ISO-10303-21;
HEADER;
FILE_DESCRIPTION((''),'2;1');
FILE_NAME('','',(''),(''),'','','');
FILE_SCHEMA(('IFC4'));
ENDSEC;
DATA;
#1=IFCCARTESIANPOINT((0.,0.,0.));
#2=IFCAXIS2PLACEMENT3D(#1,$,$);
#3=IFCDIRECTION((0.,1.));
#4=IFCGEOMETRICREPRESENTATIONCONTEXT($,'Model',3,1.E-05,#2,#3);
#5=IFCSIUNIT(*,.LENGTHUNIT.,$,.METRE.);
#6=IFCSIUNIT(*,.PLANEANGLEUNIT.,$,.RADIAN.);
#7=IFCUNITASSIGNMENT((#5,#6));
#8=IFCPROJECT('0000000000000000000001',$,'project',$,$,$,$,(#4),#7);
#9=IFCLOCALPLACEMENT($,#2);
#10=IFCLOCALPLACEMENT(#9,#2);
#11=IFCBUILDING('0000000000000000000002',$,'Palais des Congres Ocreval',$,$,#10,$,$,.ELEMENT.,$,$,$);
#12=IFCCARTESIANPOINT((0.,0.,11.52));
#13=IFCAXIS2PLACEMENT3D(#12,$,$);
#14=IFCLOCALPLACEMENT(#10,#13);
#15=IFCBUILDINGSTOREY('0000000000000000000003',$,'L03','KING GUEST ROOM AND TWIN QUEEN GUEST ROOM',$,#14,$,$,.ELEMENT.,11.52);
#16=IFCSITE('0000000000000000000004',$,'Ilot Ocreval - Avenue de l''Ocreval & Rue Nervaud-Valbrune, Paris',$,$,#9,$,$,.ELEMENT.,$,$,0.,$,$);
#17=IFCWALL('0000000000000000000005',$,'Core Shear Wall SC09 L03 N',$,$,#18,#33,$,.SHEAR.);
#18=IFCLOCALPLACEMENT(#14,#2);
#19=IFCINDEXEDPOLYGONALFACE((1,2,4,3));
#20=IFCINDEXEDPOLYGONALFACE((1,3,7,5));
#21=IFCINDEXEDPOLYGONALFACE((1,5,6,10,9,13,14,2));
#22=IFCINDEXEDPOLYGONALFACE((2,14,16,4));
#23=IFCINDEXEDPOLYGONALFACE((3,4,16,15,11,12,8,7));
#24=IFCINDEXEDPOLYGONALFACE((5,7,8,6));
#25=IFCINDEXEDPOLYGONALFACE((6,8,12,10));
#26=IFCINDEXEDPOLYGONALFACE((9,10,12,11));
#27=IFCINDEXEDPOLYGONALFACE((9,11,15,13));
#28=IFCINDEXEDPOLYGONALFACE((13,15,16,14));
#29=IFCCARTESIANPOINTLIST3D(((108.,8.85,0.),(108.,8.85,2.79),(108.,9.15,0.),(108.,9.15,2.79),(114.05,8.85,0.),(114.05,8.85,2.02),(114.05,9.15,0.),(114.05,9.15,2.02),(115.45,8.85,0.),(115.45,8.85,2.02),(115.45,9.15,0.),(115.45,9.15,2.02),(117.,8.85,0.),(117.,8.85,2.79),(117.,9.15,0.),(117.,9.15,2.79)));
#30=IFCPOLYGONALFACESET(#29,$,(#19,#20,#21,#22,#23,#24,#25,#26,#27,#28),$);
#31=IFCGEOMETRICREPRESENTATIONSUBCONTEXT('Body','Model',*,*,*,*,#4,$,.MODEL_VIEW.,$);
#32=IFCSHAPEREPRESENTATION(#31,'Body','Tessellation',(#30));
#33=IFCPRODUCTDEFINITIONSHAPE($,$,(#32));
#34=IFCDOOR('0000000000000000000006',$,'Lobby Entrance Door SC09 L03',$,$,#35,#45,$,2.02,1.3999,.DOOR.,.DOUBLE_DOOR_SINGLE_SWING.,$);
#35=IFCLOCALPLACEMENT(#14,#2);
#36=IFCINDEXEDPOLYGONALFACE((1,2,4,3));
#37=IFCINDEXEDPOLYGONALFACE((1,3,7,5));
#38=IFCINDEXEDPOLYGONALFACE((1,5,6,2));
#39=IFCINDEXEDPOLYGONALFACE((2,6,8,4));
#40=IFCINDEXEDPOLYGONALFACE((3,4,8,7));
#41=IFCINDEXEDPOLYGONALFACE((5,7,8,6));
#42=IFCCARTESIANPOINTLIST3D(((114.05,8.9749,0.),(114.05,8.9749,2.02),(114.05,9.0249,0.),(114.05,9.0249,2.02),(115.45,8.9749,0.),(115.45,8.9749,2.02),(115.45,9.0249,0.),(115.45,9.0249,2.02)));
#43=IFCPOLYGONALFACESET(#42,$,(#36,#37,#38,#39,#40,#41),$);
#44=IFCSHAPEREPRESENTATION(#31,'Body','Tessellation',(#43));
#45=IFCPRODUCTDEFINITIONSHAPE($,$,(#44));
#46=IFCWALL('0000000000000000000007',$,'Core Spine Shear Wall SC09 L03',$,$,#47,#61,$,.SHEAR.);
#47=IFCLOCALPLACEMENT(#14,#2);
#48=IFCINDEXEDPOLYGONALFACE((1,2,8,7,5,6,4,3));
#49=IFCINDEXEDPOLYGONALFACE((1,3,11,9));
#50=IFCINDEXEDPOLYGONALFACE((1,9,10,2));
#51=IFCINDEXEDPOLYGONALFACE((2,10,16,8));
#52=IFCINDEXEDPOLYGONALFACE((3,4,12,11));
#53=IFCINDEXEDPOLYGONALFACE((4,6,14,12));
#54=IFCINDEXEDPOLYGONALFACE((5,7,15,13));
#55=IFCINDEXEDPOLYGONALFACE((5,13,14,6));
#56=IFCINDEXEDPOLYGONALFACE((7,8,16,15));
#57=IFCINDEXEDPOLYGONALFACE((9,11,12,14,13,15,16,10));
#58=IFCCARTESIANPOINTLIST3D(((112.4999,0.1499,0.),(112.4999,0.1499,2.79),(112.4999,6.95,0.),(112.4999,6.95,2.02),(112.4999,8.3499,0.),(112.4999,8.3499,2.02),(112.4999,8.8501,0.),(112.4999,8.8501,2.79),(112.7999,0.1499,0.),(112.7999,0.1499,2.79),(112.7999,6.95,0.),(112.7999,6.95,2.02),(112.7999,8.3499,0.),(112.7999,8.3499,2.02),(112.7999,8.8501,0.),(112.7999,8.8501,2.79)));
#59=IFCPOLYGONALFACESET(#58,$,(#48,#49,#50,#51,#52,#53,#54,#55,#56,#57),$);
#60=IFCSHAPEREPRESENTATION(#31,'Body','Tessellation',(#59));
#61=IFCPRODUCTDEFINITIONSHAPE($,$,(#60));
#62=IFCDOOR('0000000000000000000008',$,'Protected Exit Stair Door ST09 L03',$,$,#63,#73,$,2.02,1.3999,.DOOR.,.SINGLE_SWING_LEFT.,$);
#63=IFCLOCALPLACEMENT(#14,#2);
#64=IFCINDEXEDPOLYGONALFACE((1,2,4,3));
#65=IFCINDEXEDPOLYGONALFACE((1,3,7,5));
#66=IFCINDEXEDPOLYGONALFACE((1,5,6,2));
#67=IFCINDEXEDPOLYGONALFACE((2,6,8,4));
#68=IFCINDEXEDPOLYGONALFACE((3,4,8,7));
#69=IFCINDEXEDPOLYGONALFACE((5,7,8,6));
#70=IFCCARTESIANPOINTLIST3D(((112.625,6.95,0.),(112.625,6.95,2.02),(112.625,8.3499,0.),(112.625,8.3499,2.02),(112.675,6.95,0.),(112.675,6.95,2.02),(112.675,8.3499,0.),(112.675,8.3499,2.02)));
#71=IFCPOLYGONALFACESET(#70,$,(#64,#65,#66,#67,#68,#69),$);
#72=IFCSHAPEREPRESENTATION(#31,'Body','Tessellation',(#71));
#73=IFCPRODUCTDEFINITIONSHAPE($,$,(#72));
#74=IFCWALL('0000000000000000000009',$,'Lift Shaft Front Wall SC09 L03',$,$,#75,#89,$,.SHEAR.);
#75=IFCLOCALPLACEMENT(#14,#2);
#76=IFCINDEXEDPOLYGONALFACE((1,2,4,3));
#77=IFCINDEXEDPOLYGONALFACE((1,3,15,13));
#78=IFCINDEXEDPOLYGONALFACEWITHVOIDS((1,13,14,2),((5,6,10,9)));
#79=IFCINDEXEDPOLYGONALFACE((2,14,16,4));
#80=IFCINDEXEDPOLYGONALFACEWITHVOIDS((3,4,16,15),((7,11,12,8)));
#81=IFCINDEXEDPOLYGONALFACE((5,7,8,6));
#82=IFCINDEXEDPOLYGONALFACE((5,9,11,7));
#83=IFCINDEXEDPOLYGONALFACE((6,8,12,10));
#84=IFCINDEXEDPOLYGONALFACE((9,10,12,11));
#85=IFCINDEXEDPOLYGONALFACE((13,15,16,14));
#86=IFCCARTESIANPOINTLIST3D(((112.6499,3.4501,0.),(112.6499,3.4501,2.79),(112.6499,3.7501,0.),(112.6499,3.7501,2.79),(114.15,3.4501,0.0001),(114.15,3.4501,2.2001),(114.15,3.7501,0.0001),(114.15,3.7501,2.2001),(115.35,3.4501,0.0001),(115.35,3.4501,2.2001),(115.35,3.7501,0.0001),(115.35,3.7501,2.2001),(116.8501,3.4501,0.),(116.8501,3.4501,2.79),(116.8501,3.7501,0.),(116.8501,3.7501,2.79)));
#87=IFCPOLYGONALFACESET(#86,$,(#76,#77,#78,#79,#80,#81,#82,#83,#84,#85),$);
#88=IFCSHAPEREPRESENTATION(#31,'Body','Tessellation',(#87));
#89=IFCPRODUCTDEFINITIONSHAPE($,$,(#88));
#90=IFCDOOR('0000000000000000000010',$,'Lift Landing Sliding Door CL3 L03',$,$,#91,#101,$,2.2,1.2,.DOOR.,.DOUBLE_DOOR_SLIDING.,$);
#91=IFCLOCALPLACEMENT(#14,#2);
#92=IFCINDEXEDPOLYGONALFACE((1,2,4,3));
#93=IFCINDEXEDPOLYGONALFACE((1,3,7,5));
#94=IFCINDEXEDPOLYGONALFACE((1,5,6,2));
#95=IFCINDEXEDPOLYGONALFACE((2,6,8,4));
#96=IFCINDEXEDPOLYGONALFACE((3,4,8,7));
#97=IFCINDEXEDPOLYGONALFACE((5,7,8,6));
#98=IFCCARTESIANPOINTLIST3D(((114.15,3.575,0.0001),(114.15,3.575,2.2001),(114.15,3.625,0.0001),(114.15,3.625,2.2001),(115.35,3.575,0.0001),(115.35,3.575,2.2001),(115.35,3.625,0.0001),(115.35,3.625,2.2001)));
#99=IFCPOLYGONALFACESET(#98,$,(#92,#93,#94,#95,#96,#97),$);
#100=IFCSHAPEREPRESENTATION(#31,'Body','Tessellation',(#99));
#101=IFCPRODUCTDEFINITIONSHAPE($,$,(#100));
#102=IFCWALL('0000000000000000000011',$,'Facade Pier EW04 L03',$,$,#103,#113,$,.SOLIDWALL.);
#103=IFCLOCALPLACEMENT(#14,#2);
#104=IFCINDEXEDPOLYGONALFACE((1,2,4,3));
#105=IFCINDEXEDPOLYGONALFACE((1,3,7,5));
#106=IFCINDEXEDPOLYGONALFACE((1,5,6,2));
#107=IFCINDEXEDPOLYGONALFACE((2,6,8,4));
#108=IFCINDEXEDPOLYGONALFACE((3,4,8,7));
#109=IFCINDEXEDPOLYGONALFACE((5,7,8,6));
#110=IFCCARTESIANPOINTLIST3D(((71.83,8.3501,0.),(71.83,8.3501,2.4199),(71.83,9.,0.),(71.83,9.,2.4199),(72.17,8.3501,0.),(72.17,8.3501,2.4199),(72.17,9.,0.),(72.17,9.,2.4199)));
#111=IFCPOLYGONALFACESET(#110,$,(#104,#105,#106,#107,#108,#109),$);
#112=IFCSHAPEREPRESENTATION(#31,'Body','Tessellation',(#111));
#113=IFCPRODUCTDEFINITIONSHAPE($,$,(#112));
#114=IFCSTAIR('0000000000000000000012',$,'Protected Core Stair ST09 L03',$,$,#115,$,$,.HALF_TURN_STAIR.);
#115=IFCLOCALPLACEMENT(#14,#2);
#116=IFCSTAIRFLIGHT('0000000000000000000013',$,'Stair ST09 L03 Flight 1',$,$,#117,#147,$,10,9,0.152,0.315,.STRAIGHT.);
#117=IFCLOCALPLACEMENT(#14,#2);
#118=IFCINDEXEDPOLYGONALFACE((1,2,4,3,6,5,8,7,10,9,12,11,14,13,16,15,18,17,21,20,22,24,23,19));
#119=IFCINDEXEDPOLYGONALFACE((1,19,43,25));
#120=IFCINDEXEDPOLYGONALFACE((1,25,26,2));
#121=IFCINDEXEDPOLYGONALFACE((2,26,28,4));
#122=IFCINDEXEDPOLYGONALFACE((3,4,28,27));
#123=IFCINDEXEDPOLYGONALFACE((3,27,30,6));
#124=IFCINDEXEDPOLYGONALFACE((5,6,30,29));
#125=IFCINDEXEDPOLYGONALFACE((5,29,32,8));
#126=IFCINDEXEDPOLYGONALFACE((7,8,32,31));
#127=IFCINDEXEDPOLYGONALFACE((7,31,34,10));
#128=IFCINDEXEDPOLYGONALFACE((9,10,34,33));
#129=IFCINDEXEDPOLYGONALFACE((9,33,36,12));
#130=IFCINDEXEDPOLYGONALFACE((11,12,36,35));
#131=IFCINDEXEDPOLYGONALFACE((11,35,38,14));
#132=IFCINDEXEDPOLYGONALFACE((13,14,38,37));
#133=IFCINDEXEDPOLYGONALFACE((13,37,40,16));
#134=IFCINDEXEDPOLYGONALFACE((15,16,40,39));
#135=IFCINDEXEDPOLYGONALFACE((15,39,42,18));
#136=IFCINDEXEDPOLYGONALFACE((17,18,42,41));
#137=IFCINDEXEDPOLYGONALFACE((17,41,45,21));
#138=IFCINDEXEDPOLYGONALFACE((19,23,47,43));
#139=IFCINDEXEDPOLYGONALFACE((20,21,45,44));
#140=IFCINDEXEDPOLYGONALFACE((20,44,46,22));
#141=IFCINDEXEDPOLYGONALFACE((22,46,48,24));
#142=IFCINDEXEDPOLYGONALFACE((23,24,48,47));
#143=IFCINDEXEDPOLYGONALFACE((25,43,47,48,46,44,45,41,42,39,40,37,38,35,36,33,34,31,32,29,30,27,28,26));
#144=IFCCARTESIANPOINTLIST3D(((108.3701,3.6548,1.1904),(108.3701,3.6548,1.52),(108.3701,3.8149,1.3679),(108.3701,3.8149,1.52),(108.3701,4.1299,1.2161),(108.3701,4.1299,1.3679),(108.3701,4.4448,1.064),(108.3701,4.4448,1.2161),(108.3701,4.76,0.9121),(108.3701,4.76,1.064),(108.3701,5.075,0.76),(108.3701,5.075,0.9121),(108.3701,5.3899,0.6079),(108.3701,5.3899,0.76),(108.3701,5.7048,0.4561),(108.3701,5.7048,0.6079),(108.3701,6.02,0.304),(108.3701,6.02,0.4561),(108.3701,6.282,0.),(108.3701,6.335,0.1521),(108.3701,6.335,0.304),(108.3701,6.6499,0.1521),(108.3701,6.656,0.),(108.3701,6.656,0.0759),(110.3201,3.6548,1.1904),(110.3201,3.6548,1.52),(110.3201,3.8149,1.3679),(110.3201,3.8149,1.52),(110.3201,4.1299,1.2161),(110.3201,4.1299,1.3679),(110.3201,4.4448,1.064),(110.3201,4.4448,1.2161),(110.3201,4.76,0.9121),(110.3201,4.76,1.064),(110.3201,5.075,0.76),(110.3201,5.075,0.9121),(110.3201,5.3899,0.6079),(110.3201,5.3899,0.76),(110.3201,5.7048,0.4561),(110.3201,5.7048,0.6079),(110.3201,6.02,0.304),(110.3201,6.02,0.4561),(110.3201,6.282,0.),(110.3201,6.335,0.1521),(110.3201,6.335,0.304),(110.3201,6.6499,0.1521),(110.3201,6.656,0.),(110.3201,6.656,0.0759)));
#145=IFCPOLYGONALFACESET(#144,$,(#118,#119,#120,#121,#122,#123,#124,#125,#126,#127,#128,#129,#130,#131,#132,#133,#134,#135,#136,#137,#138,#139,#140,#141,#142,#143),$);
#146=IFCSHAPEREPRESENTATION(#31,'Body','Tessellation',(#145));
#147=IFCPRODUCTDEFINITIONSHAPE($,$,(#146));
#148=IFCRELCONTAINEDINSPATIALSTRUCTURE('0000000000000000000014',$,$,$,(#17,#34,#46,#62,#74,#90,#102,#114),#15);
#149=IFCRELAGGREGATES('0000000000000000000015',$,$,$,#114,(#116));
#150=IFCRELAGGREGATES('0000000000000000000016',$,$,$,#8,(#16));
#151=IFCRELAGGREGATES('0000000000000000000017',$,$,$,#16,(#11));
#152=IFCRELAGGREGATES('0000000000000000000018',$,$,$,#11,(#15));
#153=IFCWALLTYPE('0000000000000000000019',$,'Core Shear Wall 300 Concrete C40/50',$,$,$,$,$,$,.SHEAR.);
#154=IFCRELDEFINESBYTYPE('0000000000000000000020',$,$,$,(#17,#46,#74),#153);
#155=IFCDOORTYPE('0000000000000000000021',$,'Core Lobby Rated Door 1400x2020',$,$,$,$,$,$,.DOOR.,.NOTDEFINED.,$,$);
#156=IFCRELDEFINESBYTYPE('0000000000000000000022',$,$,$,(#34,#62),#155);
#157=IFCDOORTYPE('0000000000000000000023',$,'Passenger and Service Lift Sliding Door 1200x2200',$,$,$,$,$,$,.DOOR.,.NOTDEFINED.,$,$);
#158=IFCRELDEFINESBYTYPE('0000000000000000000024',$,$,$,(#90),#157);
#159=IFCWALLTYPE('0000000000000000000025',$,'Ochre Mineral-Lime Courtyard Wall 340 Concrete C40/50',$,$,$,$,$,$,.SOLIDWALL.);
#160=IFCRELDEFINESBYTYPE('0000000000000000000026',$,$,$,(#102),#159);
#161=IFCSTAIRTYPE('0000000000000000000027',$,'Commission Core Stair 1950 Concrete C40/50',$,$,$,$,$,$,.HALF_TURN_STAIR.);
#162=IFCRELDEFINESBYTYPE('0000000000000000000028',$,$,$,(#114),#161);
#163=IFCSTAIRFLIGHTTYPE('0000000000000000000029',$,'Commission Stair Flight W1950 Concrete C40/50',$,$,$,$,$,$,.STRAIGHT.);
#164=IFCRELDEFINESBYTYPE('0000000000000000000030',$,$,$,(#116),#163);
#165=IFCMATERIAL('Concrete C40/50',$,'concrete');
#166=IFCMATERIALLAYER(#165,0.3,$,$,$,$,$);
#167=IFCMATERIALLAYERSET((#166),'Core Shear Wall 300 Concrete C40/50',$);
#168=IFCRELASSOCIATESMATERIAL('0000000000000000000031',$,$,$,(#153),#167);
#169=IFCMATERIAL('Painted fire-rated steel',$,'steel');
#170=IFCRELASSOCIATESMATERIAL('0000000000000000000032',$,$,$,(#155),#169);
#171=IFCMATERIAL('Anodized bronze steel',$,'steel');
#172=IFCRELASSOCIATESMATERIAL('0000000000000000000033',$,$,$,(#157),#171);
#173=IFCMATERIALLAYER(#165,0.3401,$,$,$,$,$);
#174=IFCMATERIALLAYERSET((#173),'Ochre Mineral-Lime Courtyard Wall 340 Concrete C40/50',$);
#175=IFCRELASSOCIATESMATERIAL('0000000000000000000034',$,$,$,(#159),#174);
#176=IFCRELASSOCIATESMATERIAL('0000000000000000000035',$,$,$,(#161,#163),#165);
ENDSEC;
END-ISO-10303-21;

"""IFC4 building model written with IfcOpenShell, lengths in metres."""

from ifc_helpers import new_model, si_unit, direction, frame, frame_2d, origin, place, context, subcontext, project, spatial, polyline, rectangle, outline, extrude, material, layer, layer_set, type_object, element, fill, aggregate, save


model = new_model("IFC4")

# Units and contexts
model_context = context("Model", 3, precision=1e-05, world=origin(), true_north=direction((0.0, 1.0)))
body_context = subcontext(model_context, "Body", "Model", "MODEL_VIEW")
ifc_project = project(units=[si_unit("LENGTHUNIT", "METRE"), si_unit("PLANEANGLEUNIT", "RADIAN")], contexts=[model_context])

# Site, building, storey
site_placement = place(None, origin())
site = spatial("IfcSite", under=ifc_project, at=site_placement, Name="Ilot Ocreval - Avenue de l'Ocreval & Rue Nervaud-Valbrune, Paris", CompositionType="ELEMENT", RefElevation=0.0)
building_placement = place(site_placement, origin())
building = spatial("IfcBuilding", under=site, at=building_placement, Name="Palais des Congres Ocreval", CompositionType="ELEMENT")
storey_placement = place(building_placement, frame((0.0, 0.0, 11.52)))
storey = spatial("IfcBuildingStorey", under=building, at=storey_placement, Name="L03", Description="KING GUEST ROOM AND TWIN QUEEN GUEST ROOM", CompositionType="ELEMENT", Elevation=11.52)

# Shared definitions
ifc_material_1 = material(Name="Concrete C40/50", Category="concrete")

# Shared definitions
ifc_layer_1 = layer(ifc_material_1, 0.3)
ifc_layer_set_1 = layer_set([ifc_layer_1], Name="Core Shear Wall 300 Concrete C40/50")
wall_type_1 = type_object("IfcWallType", Name="Core Shear Wall 300 Concrete C40/50", PredefinedType="SHEAR", material=ifc_layer_set_1)

# Walls, openings, doors
wall_1_placement = place(storey_placement, frame((108.0, 9.0, 0.0), z_axis=(0.0, 0.0, 1.0), x_axis=(1.0, 0.0, 0.0)))
wall_1 = element("IfcWall", 1, at=wall_1_placement, inside=storey, type_object=wall_type_1, Name="Core Shear Wall SC09 L03 N", PredefinedType="SHEAR", context=body_context, shape_type="SweptSolid", body=[
    extrude(rectangle(XDim=9.0, YDim=0.3, at=frame_2d((4.5, 0.0))), origin(), (0.0, 0.0, 1.0), 2.79),
])
opening_1_placement = place(wall_1_placement, frame((6.05, 0.0, 0.0)))
opening_1 = element("IfcOpeningElement", 2, at=opening_1_placement, cuts=wall_1, PredefinedType="OPENING", context=body_context, shape_type="SweptSolid", body=[
    extrude(rectangle(XDim=1.3999, YDim=2.02, at=frame_2d((0.7, 1.01))), frame((0.0, 0.1599, 0.0), z_axis=(0.0, -1.0, 0.0), x_axis=(1.0, 0.0, 0.0)), (0.0, 0.0, 1.0), 0.3201),
])
ifc_material_2 = material(Name="Painted fire-rated steel", Category="steel")
door_type_1 = type_object("IfcDoorType", Name="Core Lobby Rated Door 1400x2020", OperationType="NOTDEFINED", PredefinedType="DOOR", material=ifc_material_2)
door_1_placement = place(opening_1_placement, origin())
door_1 = element("IfcDoor", 3, at=door_1_placement, inside=storey, type_object=door_type_1, Name="Lobby Entrance Door SC09 L03", OperationType="DOUBLE_DOOR_SINGLE_SWING", OverallHeight=2.02, OverallWidth=1.3999, PredefinedType="DOOR", context=body_context, shape_type="SweptSolid", body=[
    extrude(rectangle(XDim=1.3999, YDim=2.02, at=frame_2d((0.7, 1.01))), frame((0.0, 0.0249, 0.0), z_axis=(0.0, -1.0, 0.0), x_axis=(1.0, 0.0, 0.0)), (0.0, 0.0, 1.0), 0.05),
])
fill(opening_1, door_1)
wall_2_placement = place(storey_placement, frame((112.6499, 0.1499, 0.0), z_axis=(0.0, 0.0, 1.0), x_axis=(0.0, 1.0, 0.0)))
wall_2 = element("IfcWall", 4, at=wall_2_placement, inside=storey, type_object=wall_type_1, Name="Core Spine Shear Wall SC09 L03", PredefinedType="SHEAR", context=body_context, shape_type="SweptSolid", body=[
    extrude(rectangle(XDim=8.7002, YDim=0.3, at=frame_2d((4.3501, 0.0))), origin(), (0.0, 0.0, 1.0), 2.79),
])
opening_2_placement = place(wall_2_placement, frame((6.8, 0.0, 0.0)))
opening_2 = element("IfcOpeningElement", 5, at=opening_2_placement, cuts=wall_2, PredefinedType="OPENING", context=body_context, shape_type="SweptSolid", body=[
    extrude(rectangle(XDim=1.3999, YDim=2.02, at=frame_2d((0.7, 1.01))), frame((0.0, 0.1599, 0.0), z_axis=(0.0, -1.0, 0.0), x_axis=(1.0, 0.0, 0.0)), (0.0, 0.0, 1.0), 0.3201),
])
door_2_placement = place(opening_2_placement, origin())
door_2 = element("IfcDoor", 6, at=door_2_placement, inside=storey, type_object=door_type_1, Name="Protected Exit Stair Door ST09 L03", OperationType="SINGLE_SWING_LEFT", OverallHeight=2.02, OverallWidth=1.3999, PredefinedType="DOOR", context=body_context, shape_type="SweptSolid", body=[
    extrude(rectangle(XDim=1.3999, YDim=2.02, at=frame_2d((0.7, 1.01))), frame((0.0, 0.0249, 0.0), z_axis=(0.0, -1.0, 0.0), x_axis=(1.0, 0.0, 0.0)), (0.0, 0.0, 1.0), 0.05),
])
fill(opening_2, door_2)
wall_3_placement = place(storey_placement, frame((112.6499, 3.6001, 0.0), z_axis=(0.0, 0.0, 1.0), x_axis=(1.0, 0.0, 0.0)))
wall_3 = element("IfcWall", 7, at=wall_3_placement, inside=storey, type_object=wall_type_1, Name="Lift Shaft Front Wall SC09 L03", PredefinedType="SHEAR", context=body_context, shape_type="SweptSolid", body=[
    extrude(rectangle(XDim=4.2002, YDim=0.3, at=frame_2d((2.1001, 0.0))), origin(), (0.0, 0.0, 1.0), 2.79),
])
opening_3_placement = place(wall_3_placement, frame((1.5, 0.0, 0.0)))
opening_3 = element("IfcOpeningElement", 8, at=opening_3_placement, cuts=wall_3, PredefinedType="OPENING", context=body_context, shape_type="SweptSolid", body=[
    extrude(rectangle(XDim=1.2, YDim=2.2, at=frame_2d((0.6001, 1.1001))), frame((0.0, 0.1599, 0.0), z_axis=(0.0, -1.0, 0.0), x_axis=(1.0, 0.0, 0.0)), (0.0, 0.0, 1.0), 0.3201),
])
ifc_material_3 = material(Name="Anodized bronze steel", Category="steel")
door_type_2 = type_object("IfcDoorType", Name="Passenger and Service Lift Sliding Door 1200x2200", OperationType="NOTDEFINED", PredefinedType="DOOR", material=ifc_material_3)
door_3_placement = place(opening_3_placement, origin())
door_3 = element("IfcDoor", 9, at=door_3_placement, inside=storey, type_object=door_type_2, Name="Lift Landing Sliding Door CL3 L03", OperationType="DOUBLE_DOOR_SLIDING", OverallHeight=2.2, OverallWidth=1.2, PredefinedType="DOOR", context=body_context, shape_type="SweptSolid", body=[
    extrude(rectangle(XDim=1.2, YDim=2.2, at=frame_2d((0.6001, 1.1001))), frame((0.0, 0.0249, 0.0), z_axis=(0.0, -1.0, 0.0), x_axis=(1.0, 0.0, 0.0)), (0.0, 0.0, 1.0), 0.05),
])
fill(opening_3, door_3)

# Wall
ifc_layer_2 = layer(ifc_material_1, 0.3401)
ifc_layer_set_2 = layer_set([ifc_layer_2], Name="Ochre Mineral-Lime Courtyard Wall 340 Concrete C40/50")
wall_type_2 = type_object("IfcWallType", Name="Ochre Mineral-Lime Courtyard Wall 340 Concrete C40/50", PredefinedType="SOLIDWALL", material=ifc_layer_set_2)
wall_4_placement = place(storey_placement, frame((72.0, 9.0, 0.0), z_axis=(0.0, 0.0, 1.0), x_axis=(0.0, -1.0, 0.0)))
element("IfcWall", 10, at=wall_4_placement, inside=storey, type_object=wall_type_2, Name="Facade Pier EW04 L03", PredefinedType="SOLIDWALL", context=body_context, shape_type="SweptSolid", body=[
    extrude(rectangle(XDim=0.6499, YDim=0.3401, at=frame_2d((0.325, 0.0))), origin(), (0.0, 0.0, 1.0), 2.4199),
])

# Stair, stair flight
stair_type = type_object("IfcStairType", Name="Commission Core Stair 1950 Concrete C40/50", PredefinedType="HALF_TURN_STAIR", material=ifc_material_1)
stair_placement = place(storey_placement, origin())
stair = element("IfcStair", 11, at=stair_placement, inside=storey, type_object=stair_type, Name="Protected Core Stair ST09 L03", PredefinedType="HALF_TURN_STAIR")
stair_flight_type = type_object("IfcStairFlightType", Name="Commission Stair Flight W1950 Concrete C40/50", PredefinedType="STRAIGHT", material=ifc_material_1)
stair_flight_1_placement = place(storey_placement, frame((109.345, 6.6499, 0.0), z_axis=(0.0, 0.0, 1.0), x_axis=(0.0, -1.0, 0.0)))
stair_flight_1 = element("IfcStairFlight", 12, at=stair_flight_1_placement, type_object=stair_flight_type, Name="Stair ST09 L03 Flight 1", NumberOfRisers=10, NumberOfTreads=9, PredefinedType="STRAIGHT", RiserHeight=0.152, TreadLength=0.315, context=body_context, shape_type="SweptSolid", body=[
    extrude(outline(polyline([(-0.0061, 0.0), (-0.0061, 0.0759), (0.0, 0.1521), (0.3149, 0.1521), (0.3149, 0.304), (0.6299, 0.304), (0.6299, 0.4561), (0.9451, 0.4561), (0.9451, 0.6079), (1.26, 0.6079), (1.26, 0.76), (1.575, 0.76), (1.575, 0.9121), (1.8899, 0.9121), (1.8899, 1.064), (2.2051, 1.064), (2.2051, 1.2161), (2.52, 1.2161), (2.52, 1.3679), (2.835, 1.3679), (2.835, 1.52), (2.9951, 1.52), (2.9951, 1.1904), (0.3679, 0.0), (-0.0061, 0.0)])), frame((0.0, 0.9751, 0.0), z_axis=(0.0, -1.0, 0.0), x_axis=(1.0, 0.0, 0.0)), (0.0, 0.0, 1.0), 1.95),
])
aggregate(stair, [stair_flight_1])

save(model, "model.ifc")
